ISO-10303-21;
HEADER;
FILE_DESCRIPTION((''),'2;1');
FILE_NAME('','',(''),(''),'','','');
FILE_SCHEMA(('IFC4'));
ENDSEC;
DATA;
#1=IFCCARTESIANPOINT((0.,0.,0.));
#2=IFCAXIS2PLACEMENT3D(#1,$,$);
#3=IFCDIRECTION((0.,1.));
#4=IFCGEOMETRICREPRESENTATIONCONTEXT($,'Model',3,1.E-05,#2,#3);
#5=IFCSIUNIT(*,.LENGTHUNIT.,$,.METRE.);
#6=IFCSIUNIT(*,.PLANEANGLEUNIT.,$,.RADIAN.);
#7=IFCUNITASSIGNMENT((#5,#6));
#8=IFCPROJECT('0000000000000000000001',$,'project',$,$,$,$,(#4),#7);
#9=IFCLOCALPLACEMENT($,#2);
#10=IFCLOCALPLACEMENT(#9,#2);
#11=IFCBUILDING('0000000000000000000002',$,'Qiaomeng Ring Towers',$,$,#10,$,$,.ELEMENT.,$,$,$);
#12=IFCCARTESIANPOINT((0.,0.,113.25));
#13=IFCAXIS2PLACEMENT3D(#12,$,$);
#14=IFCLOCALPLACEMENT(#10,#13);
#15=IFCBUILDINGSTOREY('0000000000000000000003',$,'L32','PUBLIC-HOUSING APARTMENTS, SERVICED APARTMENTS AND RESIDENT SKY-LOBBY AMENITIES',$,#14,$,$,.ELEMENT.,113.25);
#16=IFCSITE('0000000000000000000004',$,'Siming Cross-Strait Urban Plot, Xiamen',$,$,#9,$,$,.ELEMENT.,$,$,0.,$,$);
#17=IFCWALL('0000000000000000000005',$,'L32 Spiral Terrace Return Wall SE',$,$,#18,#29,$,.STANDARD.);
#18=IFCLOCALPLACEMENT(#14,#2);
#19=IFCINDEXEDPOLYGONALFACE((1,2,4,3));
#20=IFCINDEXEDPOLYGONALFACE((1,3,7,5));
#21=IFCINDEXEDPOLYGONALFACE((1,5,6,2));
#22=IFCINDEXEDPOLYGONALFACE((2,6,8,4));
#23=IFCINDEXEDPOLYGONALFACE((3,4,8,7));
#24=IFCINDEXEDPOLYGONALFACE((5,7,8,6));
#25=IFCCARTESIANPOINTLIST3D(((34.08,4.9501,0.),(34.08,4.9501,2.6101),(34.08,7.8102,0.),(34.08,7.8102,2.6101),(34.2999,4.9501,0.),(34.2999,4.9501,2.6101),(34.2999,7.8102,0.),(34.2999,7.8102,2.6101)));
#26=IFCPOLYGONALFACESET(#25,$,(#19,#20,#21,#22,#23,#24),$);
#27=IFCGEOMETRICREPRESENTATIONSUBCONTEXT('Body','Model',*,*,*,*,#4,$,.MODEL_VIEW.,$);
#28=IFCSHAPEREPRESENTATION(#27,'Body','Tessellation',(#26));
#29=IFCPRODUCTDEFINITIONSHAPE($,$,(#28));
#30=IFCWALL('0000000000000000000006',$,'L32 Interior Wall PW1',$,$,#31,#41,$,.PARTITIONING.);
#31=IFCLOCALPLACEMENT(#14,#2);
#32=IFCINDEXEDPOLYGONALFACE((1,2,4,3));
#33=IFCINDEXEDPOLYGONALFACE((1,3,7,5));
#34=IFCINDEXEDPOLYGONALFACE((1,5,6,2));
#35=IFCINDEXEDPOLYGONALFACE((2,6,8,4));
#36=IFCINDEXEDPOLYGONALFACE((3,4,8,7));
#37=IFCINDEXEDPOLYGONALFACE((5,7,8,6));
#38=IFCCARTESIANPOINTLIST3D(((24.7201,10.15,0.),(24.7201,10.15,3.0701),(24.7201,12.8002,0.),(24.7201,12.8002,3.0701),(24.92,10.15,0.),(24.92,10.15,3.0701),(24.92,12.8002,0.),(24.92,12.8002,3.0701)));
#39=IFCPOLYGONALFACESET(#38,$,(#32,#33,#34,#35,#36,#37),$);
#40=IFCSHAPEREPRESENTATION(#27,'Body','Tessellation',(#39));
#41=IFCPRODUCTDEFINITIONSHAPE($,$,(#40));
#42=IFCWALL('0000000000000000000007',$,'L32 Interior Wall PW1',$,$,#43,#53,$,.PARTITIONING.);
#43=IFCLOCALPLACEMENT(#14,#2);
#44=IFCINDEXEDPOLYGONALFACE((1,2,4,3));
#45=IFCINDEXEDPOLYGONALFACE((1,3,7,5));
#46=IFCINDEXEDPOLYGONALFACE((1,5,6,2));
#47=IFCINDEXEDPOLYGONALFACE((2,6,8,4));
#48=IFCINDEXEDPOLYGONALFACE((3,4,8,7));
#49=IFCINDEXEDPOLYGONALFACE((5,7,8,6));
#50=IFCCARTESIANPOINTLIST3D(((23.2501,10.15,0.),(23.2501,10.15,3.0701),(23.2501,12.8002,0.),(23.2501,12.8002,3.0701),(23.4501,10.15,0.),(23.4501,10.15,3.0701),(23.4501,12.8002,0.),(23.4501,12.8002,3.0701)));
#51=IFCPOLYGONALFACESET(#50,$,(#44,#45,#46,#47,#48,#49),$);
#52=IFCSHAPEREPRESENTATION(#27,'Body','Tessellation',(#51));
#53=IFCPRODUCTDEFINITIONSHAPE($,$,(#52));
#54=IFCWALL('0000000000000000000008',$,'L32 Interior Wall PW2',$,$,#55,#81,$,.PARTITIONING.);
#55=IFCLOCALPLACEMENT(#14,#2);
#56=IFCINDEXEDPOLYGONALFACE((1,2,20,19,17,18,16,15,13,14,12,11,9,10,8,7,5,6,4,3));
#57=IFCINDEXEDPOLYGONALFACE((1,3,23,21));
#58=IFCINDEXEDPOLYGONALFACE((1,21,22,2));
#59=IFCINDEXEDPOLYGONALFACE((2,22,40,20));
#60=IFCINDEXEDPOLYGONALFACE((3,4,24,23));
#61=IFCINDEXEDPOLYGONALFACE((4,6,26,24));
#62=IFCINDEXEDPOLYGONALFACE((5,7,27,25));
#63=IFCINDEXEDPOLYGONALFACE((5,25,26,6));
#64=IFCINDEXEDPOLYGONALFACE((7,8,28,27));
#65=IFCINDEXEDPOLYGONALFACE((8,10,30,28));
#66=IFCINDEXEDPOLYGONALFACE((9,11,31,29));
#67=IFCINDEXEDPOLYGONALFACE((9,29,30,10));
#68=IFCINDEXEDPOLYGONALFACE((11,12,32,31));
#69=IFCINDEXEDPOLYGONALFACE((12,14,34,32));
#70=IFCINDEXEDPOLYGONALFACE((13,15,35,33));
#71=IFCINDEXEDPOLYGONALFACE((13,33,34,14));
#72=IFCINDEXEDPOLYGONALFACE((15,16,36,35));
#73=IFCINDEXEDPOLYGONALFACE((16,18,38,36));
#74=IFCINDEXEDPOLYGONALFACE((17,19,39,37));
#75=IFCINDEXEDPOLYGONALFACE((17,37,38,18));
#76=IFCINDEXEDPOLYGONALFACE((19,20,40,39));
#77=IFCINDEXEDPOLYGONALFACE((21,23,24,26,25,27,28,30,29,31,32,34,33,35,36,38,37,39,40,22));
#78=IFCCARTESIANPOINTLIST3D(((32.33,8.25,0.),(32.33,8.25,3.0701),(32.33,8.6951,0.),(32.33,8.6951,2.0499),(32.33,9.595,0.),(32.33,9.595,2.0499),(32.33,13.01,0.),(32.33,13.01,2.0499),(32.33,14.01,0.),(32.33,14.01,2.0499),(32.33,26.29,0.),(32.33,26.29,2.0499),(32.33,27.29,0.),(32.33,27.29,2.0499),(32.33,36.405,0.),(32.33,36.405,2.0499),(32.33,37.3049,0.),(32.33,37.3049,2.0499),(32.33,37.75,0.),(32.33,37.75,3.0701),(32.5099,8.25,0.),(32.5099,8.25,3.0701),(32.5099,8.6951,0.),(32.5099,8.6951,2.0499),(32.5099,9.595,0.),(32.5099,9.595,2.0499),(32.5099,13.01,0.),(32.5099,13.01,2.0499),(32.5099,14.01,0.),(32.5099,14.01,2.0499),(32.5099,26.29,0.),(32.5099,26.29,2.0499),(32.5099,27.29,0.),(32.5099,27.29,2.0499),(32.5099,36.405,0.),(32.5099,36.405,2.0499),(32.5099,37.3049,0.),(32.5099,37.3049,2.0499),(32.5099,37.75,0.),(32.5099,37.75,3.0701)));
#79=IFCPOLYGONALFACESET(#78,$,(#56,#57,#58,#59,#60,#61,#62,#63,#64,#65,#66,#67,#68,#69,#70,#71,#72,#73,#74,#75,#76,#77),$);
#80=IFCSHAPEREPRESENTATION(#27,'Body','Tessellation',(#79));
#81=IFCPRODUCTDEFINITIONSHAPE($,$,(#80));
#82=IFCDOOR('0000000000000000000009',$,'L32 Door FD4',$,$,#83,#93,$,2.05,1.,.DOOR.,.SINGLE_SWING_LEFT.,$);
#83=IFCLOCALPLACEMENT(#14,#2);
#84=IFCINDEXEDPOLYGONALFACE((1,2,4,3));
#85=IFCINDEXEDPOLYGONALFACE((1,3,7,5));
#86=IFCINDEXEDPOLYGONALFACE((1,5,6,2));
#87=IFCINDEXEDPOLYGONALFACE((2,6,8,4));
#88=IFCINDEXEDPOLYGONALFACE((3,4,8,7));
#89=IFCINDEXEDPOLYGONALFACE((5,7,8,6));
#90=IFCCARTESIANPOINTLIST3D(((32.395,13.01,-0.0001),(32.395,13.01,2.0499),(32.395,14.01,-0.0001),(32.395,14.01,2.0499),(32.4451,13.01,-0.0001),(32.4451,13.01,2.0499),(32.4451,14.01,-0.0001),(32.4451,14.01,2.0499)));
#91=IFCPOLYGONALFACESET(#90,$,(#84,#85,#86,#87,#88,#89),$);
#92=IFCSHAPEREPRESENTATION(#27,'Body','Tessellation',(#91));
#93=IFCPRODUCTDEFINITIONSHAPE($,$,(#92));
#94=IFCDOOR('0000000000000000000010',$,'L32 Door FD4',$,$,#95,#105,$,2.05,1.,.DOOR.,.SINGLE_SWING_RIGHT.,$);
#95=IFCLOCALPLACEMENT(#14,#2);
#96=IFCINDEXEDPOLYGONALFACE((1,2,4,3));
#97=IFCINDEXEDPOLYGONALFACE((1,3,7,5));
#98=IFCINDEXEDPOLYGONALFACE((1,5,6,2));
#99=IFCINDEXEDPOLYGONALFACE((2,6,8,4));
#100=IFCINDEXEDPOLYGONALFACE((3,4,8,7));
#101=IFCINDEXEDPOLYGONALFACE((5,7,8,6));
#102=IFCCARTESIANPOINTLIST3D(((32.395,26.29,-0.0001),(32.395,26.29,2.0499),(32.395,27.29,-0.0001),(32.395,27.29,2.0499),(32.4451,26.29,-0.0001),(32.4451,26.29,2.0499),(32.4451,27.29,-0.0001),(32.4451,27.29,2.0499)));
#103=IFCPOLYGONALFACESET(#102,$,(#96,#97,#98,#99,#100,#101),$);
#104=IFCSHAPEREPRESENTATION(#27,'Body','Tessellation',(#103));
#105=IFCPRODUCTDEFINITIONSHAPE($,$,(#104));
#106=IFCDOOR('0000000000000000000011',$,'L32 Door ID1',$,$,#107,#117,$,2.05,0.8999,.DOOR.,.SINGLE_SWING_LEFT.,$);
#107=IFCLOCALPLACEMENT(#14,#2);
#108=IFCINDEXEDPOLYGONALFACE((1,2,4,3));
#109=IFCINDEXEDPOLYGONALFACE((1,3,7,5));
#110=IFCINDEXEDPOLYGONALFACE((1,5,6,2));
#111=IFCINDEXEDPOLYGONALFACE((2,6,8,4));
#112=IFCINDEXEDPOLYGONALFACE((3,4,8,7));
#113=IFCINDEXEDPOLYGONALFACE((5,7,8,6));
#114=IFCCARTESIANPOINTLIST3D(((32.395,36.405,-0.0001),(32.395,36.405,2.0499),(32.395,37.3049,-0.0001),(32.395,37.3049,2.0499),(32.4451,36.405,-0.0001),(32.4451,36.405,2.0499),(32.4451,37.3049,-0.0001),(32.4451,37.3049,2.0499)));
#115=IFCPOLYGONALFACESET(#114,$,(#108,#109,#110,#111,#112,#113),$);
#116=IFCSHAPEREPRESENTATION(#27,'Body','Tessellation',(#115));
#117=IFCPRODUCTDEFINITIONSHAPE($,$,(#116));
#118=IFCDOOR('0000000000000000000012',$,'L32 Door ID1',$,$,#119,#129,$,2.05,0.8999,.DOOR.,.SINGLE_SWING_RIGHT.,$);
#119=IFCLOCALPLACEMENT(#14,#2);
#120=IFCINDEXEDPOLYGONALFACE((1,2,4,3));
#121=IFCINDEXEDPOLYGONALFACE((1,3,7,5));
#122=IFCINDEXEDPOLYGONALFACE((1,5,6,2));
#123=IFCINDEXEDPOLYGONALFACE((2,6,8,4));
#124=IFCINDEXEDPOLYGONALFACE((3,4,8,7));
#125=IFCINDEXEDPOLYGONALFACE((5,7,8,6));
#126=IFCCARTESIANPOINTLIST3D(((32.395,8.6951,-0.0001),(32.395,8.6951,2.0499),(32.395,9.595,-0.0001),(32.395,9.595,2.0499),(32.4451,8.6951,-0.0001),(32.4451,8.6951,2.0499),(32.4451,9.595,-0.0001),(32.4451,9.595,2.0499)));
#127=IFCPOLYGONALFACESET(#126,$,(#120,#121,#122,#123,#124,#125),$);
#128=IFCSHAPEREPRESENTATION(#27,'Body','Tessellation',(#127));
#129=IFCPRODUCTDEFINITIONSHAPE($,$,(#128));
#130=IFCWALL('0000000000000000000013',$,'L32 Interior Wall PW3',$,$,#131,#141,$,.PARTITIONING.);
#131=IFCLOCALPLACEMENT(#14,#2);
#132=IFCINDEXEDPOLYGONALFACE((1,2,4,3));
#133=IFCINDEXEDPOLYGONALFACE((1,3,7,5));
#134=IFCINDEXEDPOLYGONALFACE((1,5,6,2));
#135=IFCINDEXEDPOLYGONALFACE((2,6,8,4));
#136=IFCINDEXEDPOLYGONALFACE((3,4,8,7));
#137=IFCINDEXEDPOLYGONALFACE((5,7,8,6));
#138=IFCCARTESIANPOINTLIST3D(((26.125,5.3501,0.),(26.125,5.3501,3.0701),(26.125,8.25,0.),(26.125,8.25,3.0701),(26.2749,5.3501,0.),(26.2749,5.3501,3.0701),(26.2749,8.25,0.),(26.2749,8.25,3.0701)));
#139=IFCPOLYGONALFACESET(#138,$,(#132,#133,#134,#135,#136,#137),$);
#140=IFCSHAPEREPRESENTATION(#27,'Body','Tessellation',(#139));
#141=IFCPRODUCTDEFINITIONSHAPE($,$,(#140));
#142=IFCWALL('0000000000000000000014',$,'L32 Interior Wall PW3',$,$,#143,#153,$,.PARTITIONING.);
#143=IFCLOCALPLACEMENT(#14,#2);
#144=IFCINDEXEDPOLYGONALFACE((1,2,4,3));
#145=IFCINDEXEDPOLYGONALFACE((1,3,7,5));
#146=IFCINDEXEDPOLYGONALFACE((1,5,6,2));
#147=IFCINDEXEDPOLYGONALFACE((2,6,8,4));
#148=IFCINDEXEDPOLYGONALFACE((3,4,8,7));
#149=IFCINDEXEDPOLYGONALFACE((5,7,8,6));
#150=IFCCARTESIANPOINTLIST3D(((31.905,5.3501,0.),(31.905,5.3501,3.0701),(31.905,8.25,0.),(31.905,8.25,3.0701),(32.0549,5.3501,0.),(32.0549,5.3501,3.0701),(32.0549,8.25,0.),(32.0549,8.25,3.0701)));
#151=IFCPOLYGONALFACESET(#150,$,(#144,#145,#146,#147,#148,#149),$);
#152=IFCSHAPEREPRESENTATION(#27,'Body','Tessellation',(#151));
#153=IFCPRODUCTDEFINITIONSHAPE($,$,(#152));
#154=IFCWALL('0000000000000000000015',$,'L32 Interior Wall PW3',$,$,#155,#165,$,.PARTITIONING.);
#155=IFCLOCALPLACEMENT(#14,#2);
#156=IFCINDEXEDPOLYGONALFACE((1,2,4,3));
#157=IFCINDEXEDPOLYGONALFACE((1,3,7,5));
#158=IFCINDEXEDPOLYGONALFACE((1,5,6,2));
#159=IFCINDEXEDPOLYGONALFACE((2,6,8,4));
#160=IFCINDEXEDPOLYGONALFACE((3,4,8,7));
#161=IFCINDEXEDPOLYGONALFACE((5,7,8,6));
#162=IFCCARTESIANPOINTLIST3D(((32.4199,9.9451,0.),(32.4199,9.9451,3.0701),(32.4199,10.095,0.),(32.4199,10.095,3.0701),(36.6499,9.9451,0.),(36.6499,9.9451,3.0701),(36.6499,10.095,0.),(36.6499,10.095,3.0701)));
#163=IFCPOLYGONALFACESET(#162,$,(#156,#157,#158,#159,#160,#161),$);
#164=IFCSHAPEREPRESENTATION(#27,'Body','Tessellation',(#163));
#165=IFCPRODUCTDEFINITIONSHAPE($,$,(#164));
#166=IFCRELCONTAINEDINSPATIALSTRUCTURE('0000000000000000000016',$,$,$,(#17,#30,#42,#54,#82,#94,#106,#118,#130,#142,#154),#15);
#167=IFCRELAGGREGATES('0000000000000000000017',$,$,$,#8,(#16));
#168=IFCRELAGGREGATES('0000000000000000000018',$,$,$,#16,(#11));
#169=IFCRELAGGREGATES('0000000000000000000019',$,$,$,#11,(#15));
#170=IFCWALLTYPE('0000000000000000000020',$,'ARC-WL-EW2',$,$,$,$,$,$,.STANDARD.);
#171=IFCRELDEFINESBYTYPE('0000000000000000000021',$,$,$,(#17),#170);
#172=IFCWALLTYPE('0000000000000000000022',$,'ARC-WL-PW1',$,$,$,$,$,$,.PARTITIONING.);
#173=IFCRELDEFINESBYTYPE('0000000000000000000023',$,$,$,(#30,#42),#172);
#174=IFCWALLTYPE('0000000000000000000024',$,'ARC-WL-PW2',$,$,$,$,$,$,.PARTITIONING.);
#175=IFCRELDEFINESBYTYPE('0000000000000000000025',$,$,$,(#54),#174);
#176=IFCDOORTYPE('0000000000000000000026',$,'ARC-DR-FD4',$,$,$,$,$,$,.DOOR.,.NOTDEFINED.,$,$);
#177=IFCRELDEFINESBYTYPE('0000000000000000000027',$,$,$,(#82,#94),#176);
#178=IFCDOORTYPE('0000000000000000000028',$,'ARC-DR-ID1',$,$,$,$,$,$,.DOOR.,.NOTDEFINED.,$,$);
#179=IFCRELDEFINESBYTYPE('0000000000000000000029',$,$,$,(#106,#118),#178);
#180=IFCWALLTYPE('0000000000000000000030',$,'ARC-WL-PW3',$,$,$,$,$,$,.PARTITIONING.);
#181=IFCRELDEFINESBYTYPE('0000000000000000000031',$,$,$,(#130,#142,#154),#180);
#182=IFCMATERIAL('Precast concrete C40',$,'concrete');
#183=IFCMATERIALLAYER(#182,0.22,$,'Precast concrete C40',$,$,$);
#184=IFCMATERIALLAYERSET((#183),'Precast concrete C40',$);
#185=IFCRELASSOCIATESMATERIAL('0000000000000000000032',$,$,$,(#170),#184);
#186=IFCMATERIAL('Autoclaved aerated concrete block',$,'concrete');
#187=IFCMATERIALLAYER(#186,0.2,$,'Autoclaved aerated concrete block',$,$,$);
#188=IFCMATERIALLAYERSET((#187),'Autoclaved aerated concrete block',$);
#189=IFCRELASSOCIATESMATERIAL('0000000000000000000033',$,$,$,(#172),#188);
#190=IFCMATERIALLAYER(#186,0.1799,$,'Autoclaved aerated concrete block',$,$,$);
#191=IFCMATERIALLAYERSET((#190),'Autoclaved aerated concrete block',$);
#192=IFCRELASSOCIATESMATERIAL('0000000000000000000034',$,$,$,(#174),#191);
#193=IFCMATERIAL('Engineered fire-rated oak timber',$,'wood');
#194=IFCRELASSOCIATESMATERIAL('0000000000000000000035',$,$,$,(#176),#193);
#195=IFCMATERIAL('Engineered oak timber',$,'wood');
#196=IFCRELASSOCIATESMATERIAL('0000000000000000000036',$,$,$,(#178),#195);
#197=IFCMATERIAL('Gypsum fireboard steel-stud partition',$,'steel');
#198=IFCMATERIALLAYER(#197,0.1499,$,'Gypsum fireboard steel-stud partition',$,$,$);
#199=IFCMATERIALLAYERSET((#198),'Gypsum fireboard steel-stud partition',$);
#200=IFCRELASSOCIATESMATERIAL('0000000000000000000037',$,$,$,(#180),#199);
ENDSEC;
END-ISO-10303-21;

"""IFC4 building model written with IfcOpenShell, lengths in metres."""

from ifc_helpers import new_model, si_unit, direction, frame, frame_2d, origin, place, context, subcontext, project, spatial, rectangle, extrude, source, transform, mapped, material, layer, layer_set, type_object, element, fill, save


model = new_model("IFC4")

# Units and contexts
model_context = context("Model", 3, precision=1e-05, world=origin(), true_north=direction((0.0, 1.0)))
body_context = subcontext(model_context, "Body", "Model", "MODEL_VIEW")
ifc_project = project(units=[si_unit("LENGTHUNIT", "METRE"), si_unit("PLANEANGLEUNIT", "RADIAN")], contexts=[model_context])

# Site, building, storey
site_placement = place(None, origin())
site = spatial("IfcSite", under=ifc_project, at=site_placement, Name="Siming Cross-Strait Urban Plot, Xiamen", CompositionType="ELEMENT", RefElevation=0.0)
building_placement = place(site_placement, origin())
building = spatial("IfcBuilding", under=site, at=building_placement, Name="Qiaomeng Ring Towers", CompositionType="ELEMENT")
storey_placement = place(building_placement, frame((0.0, 0.0, 113.25)))
storey = spatial("IfcBuildingStorey", under=building, at=storey_placement, Name="L32", Description="PUBLIC-HOUSING APARTMENTS, SERVICED APARTMENTS AND RESIDENT SKY-LOBBY AMENITIES", CompositionType="ELEMENT", Elevation=113.25)

# Shared definitions
ifc_material_1 = material(Name="Precast concrete C40", Category="concrete")
ifc_layer_1 = layer(ifc_material_1, 0.22, Name="Precast concrete C40")
ifc_layer_set_1 = layer_set([ifc_layer_1], Name="Precast concrete C40")
wall_type_1 = type_object("IfcWallType", Name="ARC-WL-EW2", PredefinedType="STANDARD", material=ifc_layer_set_1)

# Walls
wall_1_placement = place(storey_placement, frame((34.1899, 4.95, 0.0), z_axis=(0.0, 0.0, 1.0), x_axis=(0.0, 1.0, 0.0)))
element("IfcWall", 1, at=wall_1_placement, inside=storey, type_object=wall_type_1, Name="L32 Spiral Terrace Return Wall SE", PredefinedType="STANDARD", context=body_context, shape_type="SweptSolid", body=[
    extrude(rectangle(XDim=2.8601, YDim=0.22, at=frame_2d((1.4302, 0.0))), origin(), (0.0, 0.0, 1.0), 2.6101),
])
ifc_material_2 = material(Name="Autoclaved aerated concrete block", Category="concrete")
ifc_layer_2 = layer(ifc_material_2, 0.2, Name="Autoclaved aerated concrete block")
ifc_layer_set_2 = layer_set([ifc_layer_2], Name="Autoclaved aerated concrete block")
wall_type_2 = type_object("IfcWallType", Name="ARC-WL-PW1", PredefinedType="PARTITIONING", material=ifc_layer_set_2)
for number, where, z_axis, x_axis, name in (
    (2, (24.8201, 10.1499, 0.0), (0.0, 0.0, 1.0), (0.0, 1.0, 0.0), "L32 Interior Wall PW1"),
    (3, (23.3501, 10.1499, 0.0), (0.0, 0.0, 1.0), (0.0, 1.0, 0.0), "L32 Interior Wall PW1"),
):
    element("IfcWall", number, at=place(storey_placement, frame(where, z_axis=z_axis, x_axis=x_axis)), inside=storey, type_object=wall_type_2, Name=name, PredefinedType="PARTITIONING", context=body_context, shape_type="SweptSolid", body=[
        extrude(rectangle(XDim=2.6501, YDim=0.2, at=frame_2d((1.3252, 0.0))), origin(), (0.0, 0.0, 1.0), 3.0701),
    ])

# Wall, openings, doors
ifc_layer_3 = layer(ifc_material_2, 0.1799, Name="Autoclaved aerated concrete block")
ifc_layer_set_3 = layer_set([ifc_layer_3], Name="Autoclaved aerated concrete block")
wall_type_3 = type_object("IfcWallType", Name="ARC-WL-PW2", PredefinedType="PARTITIONING", material=ifc_layer_set_3)
wall_2_placement = place(storey_placement, frame((32.4199, 8.25, 0.0), z_axis=(0.0, 0.0, 1.0), x_axis=(0.0, 1.0, 0.0)))
wall_2 = element("IfcWall", 4, at=wall_2_placement, inside=storey, type_object=wall_type_3, Name="L32 Interior Wall PW2", PredefinedType="PARTITIONING", context=body_context, shape_type="SweptSolid", body=[
    extrude(rectangle(XDim=29.5, YDim=0.1799, at=frame_2d((14.75, 0.0))), origin(), (0.0, 0.0, 1.0), 3.0701),
])
opening_1_placement = place(wall_2_placement, frame((28.155, 0.0, 0.0)))
opening_1 = element("IfcOpeningElement", 5, at=opening_1_placement, cuts=wall_2, PredefinedType="OPENING", context=body_context, shape_type="SweptSolid", body=[
    extrude(rectangle(XDim=0.8999, YDim=2.05, at=frame_2d((0.45, 1.0249))), frame((0.0, 0.0999, 0.0), z_axis=(0.0, -1.0, 0.0), x_axis=(1.0, 0.0, 0.0)), (0.0, 0.0, 1.0), 0.2),
])
opening_2_placement = place(wall_2_placement, frame((0.4451, 0.0, 0.0)))
opening_2 = element("IfcOpeningElement", 6, at=opening_2_placement, cuts=wall_2, PredefinedType="OPENING", context=body_context, shape_type="SweptSolid", body=[
    extrude(rectangle(XDim=0.8999, YDim=2.05, at=frame_2d((0.45, 1.0249))), frame((0.0, 0.0999, 0.0), z_axis=(0.0, -1.0, 0.0), x_axis=(1.0, 0.0, 0.0)), (0.0, 0.0, 1.0), 0.2),
])
opening_3_placement = place(wall_2_placement, frame((4.76, 0.0, 0.0)))
opening_3 = element("IfcOpeningElement", 7, at=opening_3_placement, cuts=wall_2, PredefinedType="OPENING", context=body_context, shape_type="SweptSolid", body=[
    extrude(rectangle(XDim=1.0, YDim=2.05, at=frame_2d((0.5, 1.0249))), frame((0.0, 0.0999, 0.0), z_axis=(0.0, -1.0, 0.0), x_axis=(1.0, 0.0, 0.0)), (0.0, 0.0, 1.0), 0.2),
])
opening_4_placement = place(wall_2_placement, frame((18.04, 0.0, 0.0)))
opening_4 = element("IfcOpeningElement", 8, at=opening_4_placement, cuts=wall_2, PredefinedType="OPENING", context=body_context, shape_type="SweptSolid", body=[
    extrude(rectangle(XDim=1.0, YDim=2.05, at=frame_2d((0.5, 1.0249))), frame((0.0, 0.0999, 0.0), z_axis=(0.0, -1.0, 0.0), x_axis=(1.0, 0.0, 0.0)), (0.0, 0.0, 1.0), 0.2),
])
ifc_material_3 = material(Name="Engineered fire-rated oak timber", Category="wood")
door_type_1 = type_object("IfcDoorType", Name="ARC-DR-FD4", OperationType="NOTDEFINED", PredefinedType="DOOR", material=ifc_material_3)
shared_shape_1 = source(origin(), body_context, "Body", "SweptSolid", [
    extrude(rectangle(XDim=1.0, YDim=2.05, at=frame_2d((0.5, 1.0249))), frame((0.0, 0.0249, 0.0), z_axis=(0.0, -1.0, 0.0), x_axis=(1.0, 0.0, 0.0)), (0.0, 0.0, 1.0), 0.05),
])
door_1_placement = place(opening_3_placement, origin())
door_1 = element("IfcDoor", 9, at=door_1_placement, inside=storey, type_object=door_type_1, Name="L32 Door FD4", OperationType="SINGLE_SWING_LEFT", OverallHeight=2.05, OverallWidth=1.0, PredefinedType="DOOR", context=body_context, shape_type="MappedRepresentation", body=[
    mapped(shared_shape_1, transform((0.0, 0.0, 0.0), x_axis=(1.0, 0.0, 0.0), y_axis=(0.0, 1.0, 0.0), z_axis=(0.0, 0.0, 1.0), scale=1.0)),
])
fill(opening_3, door_1)
door_2_placement = place(opening_4_placement, origin())
door_2 = element("IfcDoor", 10, at=door_2_placement, inside=storey, type_object=door_type_1, Name="L32 Door FD4", OperationType="SINGLE_SWING_RIGHT", OverallHeight=2.05, OverallWidth=1.0, PredefinedType="DOOR", context=body_context, shape_type="MappedRepresentation", body=[
    mapped(shared_shape_1, transform((0.0, 0.0, 0.0), x_axis=(1.0, 0.0, 0.0), y_axis=(0.0, 1.0, 0.0), z_axis=(0.0, 0.0, 1.0), scale=1.0)),
])
fill(opening_4, door_2)
ifc_material_4 = material(Name="Engineered oak timber", Category="wood")
door_type_2 = type_object("IfcDoorType", Name="ARC-DR-ID1", OperationType="NOTDEFINED", PredefinedType="DOOR", material=ifc_material_4)
shared_shape_2 = source(origin(), body_context, "Body", "SweptSolid", [
    extrude(rectangle(XDim=0.8999, YDim=2.05, at=frame_2d((0.45, 1.0249))), frame((0.0, 0.0249, 0.0), z_axis=(0.0, -1.0, 0.0), x_axis=(1.0, 0.0, 0.0)), (0.0, 0.0, 1.0), 0.05),
])
door_3_placement = place(opening_1_placement, origin())
door_3 = element("IfcDoor", 11, at=door_3_placement, inside=storey, type_object=door_type_2, Name="L32 Door ID1", OperationType="SINGLE_SWING_LEFT", OverallHeight=2.05, OverallWidth=0.8999, PredefinedType="DOOR", context=body_context, shape_type="MappedRepresentation", body=[
    mapped(shared_shape_2, transform((0.0, 0.0, 0.0), x_axis=(1.0, 0.0, 0.0), y_axis=(0.0, 1.0, 0.0), z_axis=(0.0, 0.0, 1.0), scale=1.0)),
])
fill(opening_1, door_3)
door_4_placement = place(opening_2_placement, origin())
door_4 = element("IfcDoor", 12, at=door_4_placement, inside=storey, type_object=door_type_2, Name="L32 Door ID1", OperationType="SINGLE_SWING_RIGHT", OverallHeight=2.05, OverallWidth=0.8999, PredefinedType="DOOR", context=body_context, shape_type="MappedRepresentation", body=[
    mapped(shared_shape_2, transform((0.0, 0.0, 0.0), x_axis=(1.0, 0.0, 0.0), y_axis=(0.0, 1.0, 0.0), z_axis=(0.0, 0.0, 1.0), scale=1.0)),
])
fill(opening_2, door_4)

# Walls
ifc_material_5 = material(Name="Gypsum fireboard steel-stud partition", Category="steel")
ifc_layer_4 = layer(ifc_material_5, 0.1499, Name="Gypsum fireboard steel-stud partition")
ifc_layer_set_4 = layer_set([ifc_layer_4], Name="Gypsum fireboard steel-stud partition")
wall_type_4 = type_object("IfcWallType", Name="ARC-WL-PW3", PredefinedType="PARTITIONING", material=ifc_layer_set_4)
for number, where, z_axis, x_axis, name in (
    (13, (26.2, 5.3501, 0.0), (0.0, 0.0, 1.0), (0.0, 1.0, 0.0), "L32 Interior Wall PW3"),
    (14, (31.98, 5.3501, 0.0), (0.0, 0.0, 1.0), (0.0, 1.0, 0.0), "L32 Interior Wall PW3"),
):
    element("IfcWall", number, at=place(storey_placement, frame(where, z_axis=z_axis, x_axis=x_axis)), inside=storey, type_object=wall_type_4, Name=name, PredefinedType="PARTITIONING", context=body_context, shape_type="SweptSolid", body=[
        extrude(rectangle(XDim=2.8999, YDim=0.1499, at=frame_2d((1.45, 0.0))), origin(), (0.0, 0.0, 1.0), 3.0701),
    ])
wall_3_placement = place(storey_placement, frame((32.4199, 10.02, 0.0), z_axis=(0.0, 0.0, 1.0), x_axis=(1.0, 0.0, 0.0)))
element("IfcWall", 15, at=wall_3_placement, inside=storey, type_object=wall_type_4, Name="L32 Interior Wall PW3", PredefinedType="PARTITIONING", context=body_context, shape_type="SweptSolid", body=[
    extrude(rectangle(XDim=4.23, YDim=0.1499, at=frame_2d((2.115, 0.0))), origin(), (0.0, 0.0, 1.0), 3.0701),
])

save(model, "model.ifc")
